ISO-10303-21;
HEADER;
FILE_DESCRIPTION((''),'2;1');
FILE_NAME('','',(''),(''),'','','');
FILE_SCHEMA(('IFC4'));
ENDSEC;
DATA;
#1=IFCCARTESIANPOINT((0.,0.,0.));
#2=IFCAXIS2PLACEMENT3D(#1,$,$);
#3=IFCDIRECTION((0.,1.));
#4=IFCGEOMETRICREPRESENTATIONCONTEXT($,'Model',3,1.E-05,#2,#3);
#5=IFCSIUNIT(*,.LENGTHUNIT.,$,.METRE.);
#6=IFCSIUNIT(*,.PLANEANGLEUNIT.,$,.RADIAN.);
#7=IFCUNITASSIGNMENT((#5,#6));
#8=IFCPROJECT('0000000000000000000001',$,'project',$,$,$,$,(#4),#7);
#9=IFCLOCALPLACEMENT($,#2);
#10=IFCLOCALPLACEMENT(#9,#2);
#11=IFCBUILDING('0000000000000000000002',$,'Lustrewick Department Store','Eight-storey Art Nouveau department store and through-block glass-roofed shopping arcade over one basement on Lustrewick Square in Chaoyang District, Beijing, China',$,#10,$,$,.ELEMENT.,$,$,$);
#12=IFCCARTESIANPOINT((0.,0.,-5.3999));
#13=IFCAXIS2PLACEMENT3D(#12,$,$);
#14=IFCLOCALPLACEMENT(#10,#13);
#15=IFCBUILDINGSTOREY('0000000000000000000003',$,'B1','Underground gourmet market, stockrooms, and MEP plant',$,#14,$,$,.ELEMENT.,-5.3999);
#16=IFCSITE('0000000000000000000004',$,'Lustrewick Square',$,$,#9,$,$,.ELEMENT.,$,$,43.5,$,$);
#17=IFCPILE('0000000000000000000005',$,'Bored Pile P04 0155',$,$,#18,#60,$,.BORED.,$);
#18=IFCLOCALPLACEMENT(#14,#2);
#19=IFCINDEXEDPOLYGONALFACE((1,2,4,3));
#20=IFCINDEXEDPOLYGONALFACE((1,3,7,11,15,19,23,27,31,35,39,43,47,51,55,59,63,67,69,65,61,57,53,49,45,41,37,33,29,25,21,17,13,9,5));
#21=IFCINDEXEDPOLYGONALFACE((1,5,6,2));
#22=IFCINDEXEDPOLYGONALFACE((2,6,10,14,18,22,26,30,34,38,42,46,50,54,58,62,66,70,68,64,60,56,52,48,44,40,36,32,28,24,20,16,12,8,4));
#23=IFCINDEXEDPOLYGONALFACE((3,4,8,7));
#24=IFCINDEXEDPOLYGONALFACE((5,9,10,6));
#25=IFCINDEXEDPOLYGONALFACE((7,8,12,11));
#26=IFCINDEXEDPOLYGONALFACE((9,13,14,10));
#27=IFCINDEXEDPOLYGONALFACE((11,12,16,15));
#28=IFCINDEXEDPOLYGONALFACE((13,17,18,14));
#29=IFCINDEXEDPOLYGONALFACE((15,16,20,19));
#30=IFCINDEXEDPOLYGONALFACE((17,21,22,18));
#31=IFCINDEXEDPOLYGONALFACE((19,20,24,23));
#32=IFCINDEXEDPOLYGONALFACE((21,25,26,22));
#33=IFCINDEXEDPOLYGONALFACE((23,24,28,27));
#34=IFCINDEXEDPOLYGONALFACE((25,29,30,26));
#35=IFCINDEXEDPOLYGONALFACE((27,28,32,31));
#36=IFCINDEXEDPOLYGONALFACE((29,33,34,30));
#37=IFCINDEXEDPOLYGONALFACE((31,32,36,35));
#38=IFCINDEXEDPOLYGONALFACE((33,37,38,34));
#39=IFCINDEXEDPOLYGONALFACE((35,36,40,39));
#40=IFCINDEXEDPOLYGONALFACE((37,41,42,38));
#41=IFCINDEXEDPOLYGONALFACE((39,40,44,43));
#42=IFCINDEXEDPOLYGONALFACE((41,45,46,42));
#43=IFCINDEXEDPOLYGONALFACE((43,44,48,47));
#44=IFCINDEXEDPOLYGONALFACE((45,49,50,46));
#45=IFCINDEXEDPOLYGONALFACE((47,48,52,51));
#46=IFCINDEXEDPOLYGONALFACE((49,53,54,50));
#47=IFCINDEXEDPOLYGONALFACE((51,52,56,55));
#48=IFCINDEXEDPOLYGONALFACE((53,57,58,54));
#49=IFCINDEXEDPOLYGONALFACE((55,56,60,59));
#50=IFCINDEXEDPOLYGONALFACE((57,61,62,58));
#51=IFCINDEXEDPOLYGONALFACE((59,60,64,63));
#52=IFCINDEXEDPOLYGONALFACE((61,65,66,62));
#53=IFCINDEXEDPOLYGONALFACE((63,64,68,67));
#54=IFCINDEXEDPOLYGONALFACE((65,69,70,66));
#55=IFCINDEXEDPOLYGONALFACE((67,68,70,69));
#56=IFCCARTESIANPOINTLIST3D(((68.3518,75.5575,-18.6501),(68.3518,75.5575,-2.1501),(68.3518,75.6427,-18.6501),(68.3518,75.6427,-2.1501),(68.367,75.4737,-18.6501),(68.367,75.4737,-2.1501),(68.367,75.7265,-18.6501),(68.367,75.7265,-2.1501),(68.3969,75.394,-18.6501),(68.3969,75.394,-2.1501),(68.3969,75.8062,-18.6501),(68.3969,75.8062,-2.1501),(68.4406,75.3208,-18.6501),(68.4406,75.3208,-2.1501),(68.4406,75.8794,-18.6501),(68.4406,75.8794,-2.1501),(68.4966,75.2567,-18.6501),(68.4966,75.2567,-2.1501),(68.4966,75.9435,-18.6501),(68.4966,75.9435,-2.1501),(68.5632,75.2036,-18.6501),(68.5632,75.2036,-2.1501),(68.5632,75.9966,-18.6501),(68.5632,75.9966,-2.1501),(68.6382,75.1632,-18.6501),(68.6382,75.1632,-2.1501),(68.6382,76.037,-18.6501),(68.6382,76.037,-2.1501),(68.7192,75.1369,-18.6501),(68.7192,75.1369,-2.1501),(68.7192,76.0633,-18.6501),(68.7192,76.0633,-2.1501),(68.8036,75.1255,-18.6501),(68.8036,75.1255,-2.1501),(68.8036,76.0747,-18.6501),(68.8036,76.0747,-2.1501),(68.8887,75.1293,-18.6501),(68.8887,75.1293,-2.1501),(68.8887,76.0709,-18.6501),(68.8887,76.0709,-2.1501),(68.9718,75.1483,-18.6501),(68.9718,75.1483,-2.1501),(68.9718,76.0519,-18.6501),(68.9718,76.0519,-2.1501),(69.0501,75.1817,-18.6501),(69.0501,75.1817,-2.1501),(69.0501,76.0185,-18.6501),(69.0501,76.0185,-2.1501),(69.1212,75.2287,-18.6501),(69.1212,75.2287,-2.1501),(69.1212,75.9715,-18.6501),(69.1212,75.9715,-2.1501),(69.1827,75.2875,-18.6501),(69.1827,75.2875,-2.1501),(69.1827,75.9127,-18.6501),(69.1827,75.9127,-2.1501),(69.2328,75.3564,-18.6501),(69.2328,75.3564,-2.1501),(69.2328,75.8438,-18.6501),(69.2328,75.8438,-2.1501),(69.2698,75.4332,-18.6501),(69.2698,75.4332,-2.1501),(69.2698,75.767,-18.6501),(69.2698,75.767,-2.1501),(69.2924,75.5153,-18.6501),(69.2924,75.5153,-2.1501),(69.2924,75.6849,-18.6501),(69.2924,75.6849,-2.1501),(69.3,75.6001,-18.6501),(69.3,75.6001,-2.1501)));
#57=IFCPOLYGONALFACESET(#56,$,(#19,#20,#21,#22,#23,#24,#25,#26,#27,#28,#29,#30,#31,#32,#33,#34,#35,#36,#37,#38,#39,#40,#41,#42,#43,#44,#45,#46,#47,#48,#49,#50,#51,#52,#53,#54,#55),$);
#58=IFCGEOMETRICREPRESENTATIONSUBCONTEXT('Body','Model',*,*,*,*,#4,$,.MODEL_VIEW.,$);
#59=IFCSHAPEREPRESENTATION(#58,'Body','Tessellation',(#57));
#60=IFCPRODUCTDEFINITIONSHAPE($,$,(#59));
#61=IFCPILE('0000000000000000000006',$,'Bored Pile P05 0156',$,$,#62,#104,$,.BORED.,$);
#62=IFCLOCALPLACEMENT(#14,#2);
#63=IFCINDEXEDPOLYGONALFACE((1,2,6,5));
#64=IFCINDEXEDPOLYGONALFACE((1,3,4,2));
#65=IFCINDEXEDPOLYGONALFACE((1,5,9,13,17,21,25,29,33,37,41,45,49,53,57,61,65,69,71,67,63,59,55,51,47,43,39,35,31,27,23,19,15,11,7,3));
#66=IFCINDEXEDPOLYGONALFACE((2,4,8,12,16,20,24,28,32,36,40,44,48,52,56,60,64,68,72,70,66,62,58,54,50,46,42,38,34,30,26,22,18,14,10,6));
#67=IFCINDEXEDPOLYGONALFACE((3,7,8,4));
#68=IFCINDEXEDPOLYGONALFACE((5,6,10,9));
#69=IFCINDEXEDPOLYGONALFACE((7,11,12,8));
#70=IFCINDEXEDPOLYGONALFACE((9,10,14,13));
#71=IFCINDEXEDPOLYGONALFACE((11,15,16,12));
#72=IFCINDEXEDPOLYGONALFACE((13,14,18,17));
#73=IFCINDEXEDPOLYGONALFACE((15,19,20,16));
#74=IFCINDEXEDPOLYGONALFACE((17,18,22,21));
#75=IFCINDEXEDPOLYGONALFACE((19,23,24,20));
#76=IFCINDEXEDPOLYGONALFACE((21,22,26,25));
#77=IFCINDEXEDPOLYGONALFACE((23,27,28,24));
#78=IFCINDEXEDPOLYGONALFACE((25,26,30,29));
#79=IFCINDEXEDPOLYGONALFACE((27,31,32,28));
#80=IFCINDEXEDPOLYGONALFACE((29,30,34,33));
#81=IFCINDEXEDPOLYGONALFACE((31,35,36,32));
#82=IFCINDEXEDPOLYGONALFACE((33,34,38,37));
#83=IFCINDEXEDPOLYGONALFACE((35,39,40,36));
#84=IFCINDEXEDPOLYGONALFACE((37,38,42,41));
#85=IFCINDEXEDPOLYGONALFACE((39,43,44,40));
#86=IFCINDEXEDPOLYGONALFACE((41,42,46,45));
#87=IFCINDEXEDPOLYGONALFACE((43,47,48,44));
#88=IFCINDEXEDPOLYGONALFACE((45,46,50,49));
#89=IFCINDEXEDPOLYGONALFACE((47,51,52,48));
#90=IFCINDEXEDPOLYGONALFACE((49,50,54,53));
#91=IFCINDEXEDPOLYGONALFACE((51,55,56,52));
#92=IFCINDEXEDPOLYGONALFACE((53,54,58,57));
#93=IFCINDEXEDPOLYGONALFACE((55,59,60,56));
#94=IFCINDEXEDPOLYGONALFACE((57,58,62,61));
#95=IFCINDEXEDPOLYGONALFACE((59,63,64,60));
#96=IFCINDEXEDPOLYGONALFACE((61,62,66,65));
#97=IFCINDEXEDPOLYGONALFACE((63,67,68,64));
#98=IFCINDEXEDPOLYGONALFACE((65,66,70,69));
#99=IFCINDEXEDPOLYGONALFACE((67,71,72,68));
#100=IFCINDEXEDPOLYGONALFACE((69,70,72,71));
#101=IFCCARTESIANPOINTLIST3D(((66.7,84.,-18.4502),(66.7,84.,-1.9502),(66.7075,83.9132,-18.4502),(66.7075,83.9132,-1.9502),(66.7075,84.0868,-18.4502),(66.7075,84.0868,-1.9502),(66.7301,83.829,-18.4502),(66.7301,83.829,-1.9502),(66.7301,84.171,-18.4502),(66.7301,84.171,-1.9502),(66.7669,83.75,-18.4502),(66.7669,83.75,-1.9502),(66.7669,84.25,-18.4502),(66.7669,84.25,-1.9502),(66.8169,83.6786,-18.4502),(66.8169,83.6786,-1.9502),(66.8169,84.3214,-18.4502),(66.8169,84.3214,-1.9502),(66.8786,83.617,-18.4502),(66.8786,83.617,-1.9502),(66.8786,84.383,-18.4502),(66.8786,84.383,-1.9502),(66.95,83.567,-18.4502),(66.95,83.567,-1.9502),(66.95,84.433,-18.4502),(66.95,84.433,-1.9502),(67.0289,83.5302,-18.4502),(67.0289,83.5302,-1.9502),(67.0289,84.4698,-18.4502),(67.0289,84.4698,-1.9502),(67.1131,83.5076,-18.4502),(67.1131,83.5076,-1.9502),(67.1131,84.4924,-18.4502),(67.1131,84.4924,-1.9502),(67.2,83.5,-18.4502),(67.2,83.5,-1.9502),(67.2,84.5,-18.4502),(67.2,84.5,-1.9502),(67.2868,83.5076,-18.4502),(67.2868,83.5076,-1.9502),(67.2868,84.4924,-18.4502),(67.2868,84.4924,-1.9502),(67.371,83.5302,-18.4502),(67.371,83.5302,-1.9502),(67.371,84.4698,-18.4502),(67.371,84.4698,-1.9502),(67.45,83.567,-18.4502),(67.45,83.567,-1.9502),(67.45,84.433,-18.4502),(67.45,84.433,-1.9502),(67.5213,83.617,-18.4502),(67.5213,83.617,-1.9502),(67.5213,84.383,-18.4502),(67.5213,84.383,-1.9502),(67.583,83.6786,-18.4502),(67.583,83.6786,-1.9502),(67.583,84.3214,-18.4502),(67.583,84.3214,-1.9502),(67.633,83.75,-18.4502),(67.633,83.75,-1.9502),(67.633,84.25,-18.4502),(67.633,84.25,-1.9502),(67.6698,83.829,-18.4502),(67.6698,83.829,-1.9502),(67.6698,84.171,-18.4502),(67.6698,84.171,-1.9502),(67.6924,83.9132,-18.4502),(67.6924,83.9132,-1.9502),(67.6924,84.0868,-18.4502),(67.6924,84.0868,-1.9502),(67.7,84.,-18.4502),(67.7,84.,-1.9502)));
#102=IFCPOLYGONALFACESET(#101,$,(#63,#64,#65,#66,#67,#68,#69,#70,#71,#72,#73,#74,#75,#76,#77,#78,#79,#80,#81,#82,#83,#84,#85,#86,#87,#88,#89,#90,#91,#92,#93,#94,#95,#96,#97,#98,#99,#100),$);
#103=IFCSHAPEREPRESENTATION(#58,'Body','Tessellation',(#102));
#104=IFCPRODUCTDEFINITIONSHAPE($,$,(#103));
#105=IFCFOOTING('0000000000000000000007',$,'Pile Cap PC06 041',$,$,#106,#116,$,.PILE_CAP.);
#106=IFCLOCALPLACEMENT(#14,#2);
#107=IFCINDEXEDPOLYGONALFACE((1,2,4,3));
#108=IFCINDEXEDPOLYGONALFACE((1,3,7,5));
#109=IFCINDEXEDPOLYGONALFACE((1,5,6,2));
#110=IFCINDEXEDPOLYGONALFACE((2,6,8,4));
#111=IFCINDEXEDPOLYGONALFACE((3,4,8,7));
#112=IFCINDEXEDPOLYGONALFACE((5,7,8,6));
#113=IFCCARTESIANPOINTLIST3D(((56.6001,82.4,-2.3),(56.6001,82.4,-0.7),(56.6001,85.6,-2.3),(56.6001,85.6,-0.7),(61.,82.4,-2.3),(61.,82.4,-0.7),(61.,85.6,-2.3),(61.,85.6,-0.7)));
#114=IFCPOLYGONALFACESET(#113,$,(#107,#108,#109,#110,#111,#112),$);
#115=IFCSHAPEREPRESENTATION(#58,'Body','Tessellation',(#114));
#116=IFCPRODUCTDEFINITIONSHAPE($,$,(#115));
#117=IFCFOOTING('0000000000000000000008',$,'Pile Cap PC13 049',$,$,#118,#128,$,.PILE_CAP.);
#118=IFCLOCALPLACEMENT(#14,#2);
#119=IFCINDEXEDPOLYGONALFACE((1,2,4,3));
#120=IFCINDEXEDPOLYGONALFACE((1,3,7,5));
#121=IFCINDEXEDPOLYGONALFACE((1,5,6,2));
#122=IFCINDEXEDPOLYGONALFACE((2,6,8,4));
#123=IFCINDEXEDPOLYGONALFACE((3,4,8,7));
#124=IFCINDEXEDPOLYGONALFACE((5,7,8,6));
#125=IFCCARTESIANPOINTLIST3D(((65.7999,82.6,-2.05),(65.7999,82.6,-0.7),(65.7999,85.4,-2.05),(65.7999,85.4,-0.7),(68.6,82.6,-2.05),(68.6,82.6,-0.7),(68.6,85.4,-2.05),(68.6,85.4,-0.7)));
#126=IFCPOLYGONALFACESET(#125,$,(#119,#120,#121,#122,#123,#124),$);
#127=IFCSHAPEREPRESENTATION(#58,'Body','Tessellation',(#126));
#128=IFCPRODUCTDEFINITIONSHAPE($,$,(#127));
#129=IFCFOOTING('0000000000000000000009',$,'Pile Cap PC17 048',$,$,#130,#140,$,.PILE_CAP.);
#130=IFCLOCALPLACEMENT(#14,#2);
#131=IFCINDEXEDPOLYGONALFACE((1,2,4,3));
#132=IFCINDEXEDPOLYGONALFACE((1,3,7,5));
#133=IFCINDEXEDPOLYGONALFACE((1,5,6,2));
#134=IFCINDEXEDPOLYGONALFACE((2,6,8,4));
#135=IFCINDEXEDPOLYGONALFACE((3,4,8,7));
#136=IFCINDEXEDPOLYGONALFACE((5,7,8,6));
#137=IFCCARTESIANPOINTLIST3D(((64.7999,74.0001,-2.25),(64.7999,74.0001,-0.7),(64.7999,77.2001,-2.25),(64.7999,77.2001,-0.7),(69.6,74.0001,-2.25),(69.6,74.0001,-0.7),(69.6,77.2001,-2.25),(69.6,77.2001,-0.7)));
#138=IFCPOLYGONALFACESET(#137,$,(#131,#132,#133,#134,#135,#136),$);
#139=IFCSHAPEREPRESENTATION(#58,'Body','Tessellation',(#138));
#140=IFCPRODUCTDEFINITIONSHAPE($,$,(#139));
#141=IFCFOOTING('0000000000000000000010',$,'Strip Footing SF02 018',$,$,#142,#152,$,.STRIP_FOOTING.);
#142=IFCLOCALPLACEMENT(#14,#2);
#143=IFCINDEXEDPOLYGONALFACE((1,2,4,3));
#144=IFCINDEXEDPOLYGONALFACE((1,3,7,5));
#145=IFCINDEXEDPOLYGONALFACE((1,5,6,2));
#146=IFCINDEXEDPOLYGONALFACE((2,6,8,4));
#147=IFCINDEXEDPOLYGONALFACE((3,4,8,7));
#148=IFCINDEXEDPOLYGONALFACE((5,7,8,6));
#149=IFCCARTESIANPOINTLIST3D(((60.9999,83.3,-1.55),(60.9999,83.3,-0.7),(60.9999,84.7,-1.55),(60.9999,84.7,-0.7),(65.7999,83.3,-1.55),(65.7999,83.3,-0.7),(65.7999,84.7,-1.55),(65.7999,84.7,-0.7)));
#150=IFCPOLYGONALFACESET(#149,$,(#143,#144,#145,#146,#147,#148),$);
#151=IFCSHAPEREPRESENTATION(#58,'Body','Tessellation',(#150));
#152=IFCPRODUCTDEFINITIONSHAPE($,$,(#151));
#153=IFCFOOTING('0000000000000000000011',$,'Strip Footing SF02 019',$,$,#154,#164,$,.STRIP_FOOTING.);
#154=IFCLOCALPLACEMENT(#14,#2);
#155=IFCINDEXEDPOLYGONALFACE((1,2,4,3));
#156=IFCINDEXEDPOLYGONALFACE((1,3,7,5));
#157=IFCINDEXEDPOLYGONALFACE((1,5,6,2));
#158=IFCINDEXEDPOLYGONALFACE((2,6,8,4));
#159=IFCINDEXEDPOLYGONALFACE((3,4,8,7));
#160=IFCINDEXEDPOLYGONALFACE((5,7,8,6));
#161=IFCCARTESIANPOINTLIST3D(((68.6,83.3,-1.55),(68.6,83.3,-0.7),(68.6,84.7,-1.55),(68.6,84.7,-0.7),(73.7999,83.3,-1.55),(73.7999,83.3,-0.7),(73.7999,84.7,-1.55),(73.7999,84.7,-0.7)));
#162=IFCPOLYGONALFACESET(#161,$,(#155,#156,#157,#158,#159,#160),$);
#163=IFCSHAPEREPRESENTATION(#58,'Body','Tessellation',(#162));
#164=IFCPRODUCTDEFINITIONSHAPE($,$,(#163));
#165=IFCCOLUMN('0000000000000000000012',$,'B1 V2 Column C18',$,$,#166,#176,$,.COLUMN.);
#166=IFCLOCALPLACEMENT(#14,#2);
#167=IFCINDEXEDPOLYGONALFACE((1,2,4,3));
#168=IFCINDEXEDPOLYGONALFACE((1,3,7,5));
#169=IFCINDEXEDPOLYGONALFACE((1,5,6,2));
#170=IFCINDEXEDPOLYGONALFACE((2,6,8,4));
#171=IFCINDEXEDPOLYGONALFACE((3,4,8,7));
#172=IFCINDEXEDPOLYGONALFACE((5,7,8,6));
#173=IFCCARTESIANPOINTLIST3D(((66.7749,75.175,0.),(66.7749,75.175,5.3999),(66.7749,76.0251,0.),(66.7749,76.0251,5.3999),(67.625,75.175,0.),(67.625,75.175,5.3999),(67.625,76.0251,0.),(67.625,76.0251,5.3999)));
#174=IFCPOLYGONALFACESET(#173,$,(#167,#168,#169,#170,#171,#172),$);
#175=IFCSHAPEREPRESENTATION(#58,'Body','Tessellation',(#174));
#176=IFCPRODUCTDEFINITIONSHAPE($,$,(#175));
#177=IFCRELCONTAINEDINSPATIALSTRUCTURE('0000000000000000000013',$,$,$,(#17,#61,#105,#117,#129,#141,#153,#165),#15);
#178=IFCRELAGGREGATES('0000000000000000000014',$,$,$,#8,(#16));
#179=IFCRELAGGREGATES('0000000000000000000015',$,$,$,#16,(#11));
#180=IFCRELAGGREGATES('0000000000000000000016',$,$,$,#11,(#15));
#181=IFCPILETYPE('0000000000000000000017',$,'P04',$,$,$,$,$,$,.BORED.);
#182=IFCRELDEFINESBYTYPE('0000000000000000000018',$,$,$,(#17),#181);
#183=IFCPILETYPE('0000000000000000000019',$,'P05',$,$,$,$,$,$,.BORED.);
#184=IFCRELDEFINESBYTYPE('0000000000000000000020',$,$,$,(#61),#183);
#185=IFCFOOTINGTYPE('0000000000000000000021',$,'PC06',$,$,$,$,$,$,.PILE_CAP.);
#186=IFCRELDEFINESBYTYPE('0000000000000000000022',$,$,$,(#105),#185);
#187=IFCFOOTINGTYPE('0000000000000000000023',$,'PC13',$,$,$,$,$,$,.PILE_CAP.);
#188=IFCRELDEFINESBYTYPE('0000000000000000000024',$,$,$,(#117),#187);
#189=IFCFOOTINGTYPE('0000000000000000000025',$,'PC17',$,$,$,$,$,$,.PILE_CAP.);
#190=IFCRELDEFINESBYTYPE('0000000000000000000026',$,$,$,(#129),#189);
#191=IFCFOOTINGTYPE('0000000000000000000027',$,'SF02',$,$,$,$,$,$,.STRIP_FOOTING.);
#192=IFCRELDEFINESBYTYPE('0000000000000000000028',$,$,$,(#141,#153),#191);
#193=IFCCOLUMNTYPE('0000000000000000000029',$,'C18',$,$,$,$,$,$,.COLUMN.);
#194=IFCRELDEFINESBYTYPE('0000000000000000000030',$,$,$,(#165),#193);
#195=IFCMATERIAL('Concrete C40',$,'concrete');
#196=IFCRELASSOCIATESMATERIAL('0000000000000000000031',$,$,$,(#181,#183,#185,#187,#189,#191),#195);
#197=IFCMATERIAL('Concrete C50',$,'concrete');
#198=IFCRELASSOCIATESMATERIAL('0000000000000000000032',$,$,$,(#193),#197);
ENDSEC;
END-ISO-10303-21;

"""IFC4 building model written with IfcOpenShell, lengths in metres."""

from ifc_helpers import new_model, si_unit, direction, frame, origin, origin_2d, place, context, subcontext, project, spatial, rectangle, circle, extrude, material, material_profile, profile_set, type_object, element, save


model = new_model("IFC4")

# Units and contexts
model_context = context("Model", 3, precision=1e-05, world=origin(), true_north=direction((0.0, 1.0)))
body_context = subcontext(model_context, "Body", "Model", "MODEL_VIEW")
ifc_project = project(units=[si_unit("LENGTHUNIT", "METRE"), si_unit("PLANEANGLEUNIT", "RADIAN")], contexts=[model_context])

# Site, building, storey
site_placement = place(None, origin())
site = spatial("IfcSite", under=ifc_project, at=site_placement, Name="Lustrewick Square", CompositionType="ELEMENT", RefElevation=43.5)
building_placement = place(site_placement, origin())
building = spatial("IfcBuilding", under=site, at=building_placement, Name="Lustrewick Department Store", Description="Eight-storey Art Nouveau department store and through-block glass-roofed shopping arcade over one basement on Lustrewick Square in Chaoyang District, Beijing, China", CompositionType="ELEMENT")
storey_placement = place(building_placement, frame((0.0, 0.0, -5.3999)))
storey = spatial("IfcBuildingStorey", under=building, at=storey_placement, Name="B1", Description="Underground gourmet market, stockrooms, and MEP plant", CompositionType="ELEMENT", Elevation=-5.3999)

# Piles
ifc_material_1 = material(Name="Concrete C40", Category="concrete")
ifc_material_profile_1 = material_profile(ifc_material_1, circle(Radius=0.4751, at=origin_2d()), Name="PILE D950")
ifc_profile_set_1 = profile_set([ifc_material_profile_1], Name="Concrete C40")
pile_type_1 = type_object("IfcPileType", Name="P04", PredefinedType="BORED", material=ifc_profile_set_1)
for number, where, z_axis, x_axis, name in (
    (1, (68.825, 75.6001, -2.1501), (0.0, 0.0, -1.0), (1.0, 0.0, 0.0), "Bored Pile P04 0155"),
):
    element("IfcPile", number, at=place(storey_placement, frame(where, z_axis=z_axis, x_axis=x_axis)), inside=storey, type_object=pile_type_1, Name=name, PredefinedType="BORED", context=body_context, shape_type="SweptSolid", body=[
        extrude(circle(Radius=0.4751, at=origin_2d()), origin(), (0.0, 0.0, 1.0), 16.5),
    ])
ifc_material_profile_2 = material_profile(ifc_material_1, circle(Radius=0.5, at=origin_2d()), Name="PILE D1000")
ifc_profile_set_2 = profile_set([ifc_material_profile_2], Name="Concrete C40")
pile_type_2 = type_object("IfcPileType", Name="P05", PredefinedType="BORED", material=ifc_profile_set_2)
pile_1_placement = place(storey_placement, frame((67.2, 84.0, -1.9502), z_axis=(0.0, 0.0, -1.0), x_axis=(1.0, 0.0, 0.0)))
element("IfcPile", 2, at=pile_1_placement, inside=storey, type_object=pile_type_2, Name="Bored Pile P05 0156", PredefinedType="BORED", context=body_context, shape_type="SweptSolid", body=[
    extrude(circle(Radius=0.5, at=origin_2d()), origin(), (0.0, 0.0, 1.0), 16.5),
])

# Footings
footing_type_1 = type_object("IfcFootingType", Name="PC06", PredefinedType="PILE_CAP", material=ifc_material_1)
footing_1_placement = place(storey_placement, frame((58.8, 84.0, -2.3), z_axis=(0.0, 0.0, 1.0), x_axis=(1.0, 0.0, 0.0)))
element("IfcFooting", 3, at=footing_1_placement, inside=storey, type_object=footing_type_1, Name="Pile Cap PC06 041", PredefinedType="PILE_CAP", context=body_context, shape_type="SweptSolid", body=[
    extrude(rectangle(XDim=4.3999, YDim=3.2, at=origin_2d()), origin(), (0.0, 0.0, 1.0), 1.6001),
])
footing_type_2 = type_object("IfcFootingType", Name="PC13", PredefinedType="PILE_CAP", material=ifc_material_1)
footing_2_placement = place(storey_placement, frame((67.2, 84.0, -2.05), z_axis=(0.0, 0.0, 1.0), x_axis=(1.0, 0.0, 0.0)))
element("IfcFooting", 4, at=footing_2_placement, inside=storey, type_object=footing_type_2, Name="Pile Cap PC13 049", PredefinedType="PILE_CAP", context=body_context, shape_type="SweptSolid", body=[
    extrude(rectangle(XDim=2.8, YDim=2.8, at=origin_2d()), origin(), (0.0, 0.0, 1.0), 1.3501),
])
footing_type_3 = type_object("IfcFootingType", Name="PC17", PredefinedType="PILE_CAP", material=ifc_material_1)
footing_3_placement = place(storey_placement, frame((67.2, 75.6001, -2.25), z_axis=(0.0, 0.0, 1.0), x_axis=(1.0, 0.0, 0.0)))
element("IfcFooting", 5, at=footing_3_placement, inside=storey, type_object=footing_type_3, Name="Pile Cap PC17 048", PredefinedType="PILE_CAP", context=body_context, shape_type="SweptSolid", body=[
    extrude(rectangle(XDim=4.8, YDim=3.2, at=origin_2d()), origin(), (0.0, 0.0, 1.0), 1.55),
])
footing_type_4 = type_object("IfcFootingType", Name="SF02", PredefinedType="STRIP_FOOTING", material=ifc_material_1)
footing_4_placement = place(storey_placement, frame((63.3999, 84.0, -1.55), z_axis=(0.0, 0.0, 1.0), x_axis=(1.0, 0.0, 0.0)))
element("IfcFooting", 6, at=footing_4_placement, inside=storey, type_object=footing_type_4, Name="Strip Footing SF02 018", PredefinedType="STRIP_FOOTING", context=body_context, shape_type="SweptSolid", body=[
    extrude(rectangle(XDim=4.8, YDim=1.3999, at=origin_2d()), origin(), (0.0, 0.0, 1.0), 0.8501),
])
footing_5_placement = place(storey_placement, frame((71.2, 84.0, -1.55), z_axis=(0.0, 0.0, 1.0), x_axis=(1.0, 0.0, 0.0)))
element("IfcFooting", 7, at=footing_5_placement, inside=storey, type_object=footing_type_4, Name="Strip Footing SF02 019", PredefinedType="STRIP_FOOTING", context=body_context, shape_type="SweptSolid", body=[
    extrude(rectangle(XDim=5.2, YDim=1.3999, at=origin_2d()), origin(), (0.0, 0.0, 1.0), 0.8501),
])

# Column
ifc_material_2 = material(Name="Concrete C50", Category="concrete")
ifc_material_profile_3 = material_profile(ifc_material_2, rectangle(XDim=0.8501, YDim=0.8501, at=origin_2d()), Name="RC 850x850")
ifc_profile_set_3 = profile_set([ifc_material_profile_3], Name="Concrete C50")
column_type_1 = type_object("IfcColumnType", Name="C18", PredefinedType="COLUMN", material=ifc_profile_set_3)
column_1_placement = place(storey_placement, frame((67.2, 75.6001, 0.0), z_axis=(0.0, 0.0, 1.0), x_axis=(1.0, 0.0, 0.0)))
element("IfcColumn", 8, at=column_1_placement, inside=storey, type_object=column_type_1, Name="B1 V2 Column C18", PredefinedType="COLUMN", context=body_context, shape_type="SweptSolid", body=[
    extrude(rectangle(XDim=0.8501, YDim=0.8501, at=origin_2d()), origin(), (0.0, 0.0, 1.0), 5.3999),
])

save(model, "model.ifc")
